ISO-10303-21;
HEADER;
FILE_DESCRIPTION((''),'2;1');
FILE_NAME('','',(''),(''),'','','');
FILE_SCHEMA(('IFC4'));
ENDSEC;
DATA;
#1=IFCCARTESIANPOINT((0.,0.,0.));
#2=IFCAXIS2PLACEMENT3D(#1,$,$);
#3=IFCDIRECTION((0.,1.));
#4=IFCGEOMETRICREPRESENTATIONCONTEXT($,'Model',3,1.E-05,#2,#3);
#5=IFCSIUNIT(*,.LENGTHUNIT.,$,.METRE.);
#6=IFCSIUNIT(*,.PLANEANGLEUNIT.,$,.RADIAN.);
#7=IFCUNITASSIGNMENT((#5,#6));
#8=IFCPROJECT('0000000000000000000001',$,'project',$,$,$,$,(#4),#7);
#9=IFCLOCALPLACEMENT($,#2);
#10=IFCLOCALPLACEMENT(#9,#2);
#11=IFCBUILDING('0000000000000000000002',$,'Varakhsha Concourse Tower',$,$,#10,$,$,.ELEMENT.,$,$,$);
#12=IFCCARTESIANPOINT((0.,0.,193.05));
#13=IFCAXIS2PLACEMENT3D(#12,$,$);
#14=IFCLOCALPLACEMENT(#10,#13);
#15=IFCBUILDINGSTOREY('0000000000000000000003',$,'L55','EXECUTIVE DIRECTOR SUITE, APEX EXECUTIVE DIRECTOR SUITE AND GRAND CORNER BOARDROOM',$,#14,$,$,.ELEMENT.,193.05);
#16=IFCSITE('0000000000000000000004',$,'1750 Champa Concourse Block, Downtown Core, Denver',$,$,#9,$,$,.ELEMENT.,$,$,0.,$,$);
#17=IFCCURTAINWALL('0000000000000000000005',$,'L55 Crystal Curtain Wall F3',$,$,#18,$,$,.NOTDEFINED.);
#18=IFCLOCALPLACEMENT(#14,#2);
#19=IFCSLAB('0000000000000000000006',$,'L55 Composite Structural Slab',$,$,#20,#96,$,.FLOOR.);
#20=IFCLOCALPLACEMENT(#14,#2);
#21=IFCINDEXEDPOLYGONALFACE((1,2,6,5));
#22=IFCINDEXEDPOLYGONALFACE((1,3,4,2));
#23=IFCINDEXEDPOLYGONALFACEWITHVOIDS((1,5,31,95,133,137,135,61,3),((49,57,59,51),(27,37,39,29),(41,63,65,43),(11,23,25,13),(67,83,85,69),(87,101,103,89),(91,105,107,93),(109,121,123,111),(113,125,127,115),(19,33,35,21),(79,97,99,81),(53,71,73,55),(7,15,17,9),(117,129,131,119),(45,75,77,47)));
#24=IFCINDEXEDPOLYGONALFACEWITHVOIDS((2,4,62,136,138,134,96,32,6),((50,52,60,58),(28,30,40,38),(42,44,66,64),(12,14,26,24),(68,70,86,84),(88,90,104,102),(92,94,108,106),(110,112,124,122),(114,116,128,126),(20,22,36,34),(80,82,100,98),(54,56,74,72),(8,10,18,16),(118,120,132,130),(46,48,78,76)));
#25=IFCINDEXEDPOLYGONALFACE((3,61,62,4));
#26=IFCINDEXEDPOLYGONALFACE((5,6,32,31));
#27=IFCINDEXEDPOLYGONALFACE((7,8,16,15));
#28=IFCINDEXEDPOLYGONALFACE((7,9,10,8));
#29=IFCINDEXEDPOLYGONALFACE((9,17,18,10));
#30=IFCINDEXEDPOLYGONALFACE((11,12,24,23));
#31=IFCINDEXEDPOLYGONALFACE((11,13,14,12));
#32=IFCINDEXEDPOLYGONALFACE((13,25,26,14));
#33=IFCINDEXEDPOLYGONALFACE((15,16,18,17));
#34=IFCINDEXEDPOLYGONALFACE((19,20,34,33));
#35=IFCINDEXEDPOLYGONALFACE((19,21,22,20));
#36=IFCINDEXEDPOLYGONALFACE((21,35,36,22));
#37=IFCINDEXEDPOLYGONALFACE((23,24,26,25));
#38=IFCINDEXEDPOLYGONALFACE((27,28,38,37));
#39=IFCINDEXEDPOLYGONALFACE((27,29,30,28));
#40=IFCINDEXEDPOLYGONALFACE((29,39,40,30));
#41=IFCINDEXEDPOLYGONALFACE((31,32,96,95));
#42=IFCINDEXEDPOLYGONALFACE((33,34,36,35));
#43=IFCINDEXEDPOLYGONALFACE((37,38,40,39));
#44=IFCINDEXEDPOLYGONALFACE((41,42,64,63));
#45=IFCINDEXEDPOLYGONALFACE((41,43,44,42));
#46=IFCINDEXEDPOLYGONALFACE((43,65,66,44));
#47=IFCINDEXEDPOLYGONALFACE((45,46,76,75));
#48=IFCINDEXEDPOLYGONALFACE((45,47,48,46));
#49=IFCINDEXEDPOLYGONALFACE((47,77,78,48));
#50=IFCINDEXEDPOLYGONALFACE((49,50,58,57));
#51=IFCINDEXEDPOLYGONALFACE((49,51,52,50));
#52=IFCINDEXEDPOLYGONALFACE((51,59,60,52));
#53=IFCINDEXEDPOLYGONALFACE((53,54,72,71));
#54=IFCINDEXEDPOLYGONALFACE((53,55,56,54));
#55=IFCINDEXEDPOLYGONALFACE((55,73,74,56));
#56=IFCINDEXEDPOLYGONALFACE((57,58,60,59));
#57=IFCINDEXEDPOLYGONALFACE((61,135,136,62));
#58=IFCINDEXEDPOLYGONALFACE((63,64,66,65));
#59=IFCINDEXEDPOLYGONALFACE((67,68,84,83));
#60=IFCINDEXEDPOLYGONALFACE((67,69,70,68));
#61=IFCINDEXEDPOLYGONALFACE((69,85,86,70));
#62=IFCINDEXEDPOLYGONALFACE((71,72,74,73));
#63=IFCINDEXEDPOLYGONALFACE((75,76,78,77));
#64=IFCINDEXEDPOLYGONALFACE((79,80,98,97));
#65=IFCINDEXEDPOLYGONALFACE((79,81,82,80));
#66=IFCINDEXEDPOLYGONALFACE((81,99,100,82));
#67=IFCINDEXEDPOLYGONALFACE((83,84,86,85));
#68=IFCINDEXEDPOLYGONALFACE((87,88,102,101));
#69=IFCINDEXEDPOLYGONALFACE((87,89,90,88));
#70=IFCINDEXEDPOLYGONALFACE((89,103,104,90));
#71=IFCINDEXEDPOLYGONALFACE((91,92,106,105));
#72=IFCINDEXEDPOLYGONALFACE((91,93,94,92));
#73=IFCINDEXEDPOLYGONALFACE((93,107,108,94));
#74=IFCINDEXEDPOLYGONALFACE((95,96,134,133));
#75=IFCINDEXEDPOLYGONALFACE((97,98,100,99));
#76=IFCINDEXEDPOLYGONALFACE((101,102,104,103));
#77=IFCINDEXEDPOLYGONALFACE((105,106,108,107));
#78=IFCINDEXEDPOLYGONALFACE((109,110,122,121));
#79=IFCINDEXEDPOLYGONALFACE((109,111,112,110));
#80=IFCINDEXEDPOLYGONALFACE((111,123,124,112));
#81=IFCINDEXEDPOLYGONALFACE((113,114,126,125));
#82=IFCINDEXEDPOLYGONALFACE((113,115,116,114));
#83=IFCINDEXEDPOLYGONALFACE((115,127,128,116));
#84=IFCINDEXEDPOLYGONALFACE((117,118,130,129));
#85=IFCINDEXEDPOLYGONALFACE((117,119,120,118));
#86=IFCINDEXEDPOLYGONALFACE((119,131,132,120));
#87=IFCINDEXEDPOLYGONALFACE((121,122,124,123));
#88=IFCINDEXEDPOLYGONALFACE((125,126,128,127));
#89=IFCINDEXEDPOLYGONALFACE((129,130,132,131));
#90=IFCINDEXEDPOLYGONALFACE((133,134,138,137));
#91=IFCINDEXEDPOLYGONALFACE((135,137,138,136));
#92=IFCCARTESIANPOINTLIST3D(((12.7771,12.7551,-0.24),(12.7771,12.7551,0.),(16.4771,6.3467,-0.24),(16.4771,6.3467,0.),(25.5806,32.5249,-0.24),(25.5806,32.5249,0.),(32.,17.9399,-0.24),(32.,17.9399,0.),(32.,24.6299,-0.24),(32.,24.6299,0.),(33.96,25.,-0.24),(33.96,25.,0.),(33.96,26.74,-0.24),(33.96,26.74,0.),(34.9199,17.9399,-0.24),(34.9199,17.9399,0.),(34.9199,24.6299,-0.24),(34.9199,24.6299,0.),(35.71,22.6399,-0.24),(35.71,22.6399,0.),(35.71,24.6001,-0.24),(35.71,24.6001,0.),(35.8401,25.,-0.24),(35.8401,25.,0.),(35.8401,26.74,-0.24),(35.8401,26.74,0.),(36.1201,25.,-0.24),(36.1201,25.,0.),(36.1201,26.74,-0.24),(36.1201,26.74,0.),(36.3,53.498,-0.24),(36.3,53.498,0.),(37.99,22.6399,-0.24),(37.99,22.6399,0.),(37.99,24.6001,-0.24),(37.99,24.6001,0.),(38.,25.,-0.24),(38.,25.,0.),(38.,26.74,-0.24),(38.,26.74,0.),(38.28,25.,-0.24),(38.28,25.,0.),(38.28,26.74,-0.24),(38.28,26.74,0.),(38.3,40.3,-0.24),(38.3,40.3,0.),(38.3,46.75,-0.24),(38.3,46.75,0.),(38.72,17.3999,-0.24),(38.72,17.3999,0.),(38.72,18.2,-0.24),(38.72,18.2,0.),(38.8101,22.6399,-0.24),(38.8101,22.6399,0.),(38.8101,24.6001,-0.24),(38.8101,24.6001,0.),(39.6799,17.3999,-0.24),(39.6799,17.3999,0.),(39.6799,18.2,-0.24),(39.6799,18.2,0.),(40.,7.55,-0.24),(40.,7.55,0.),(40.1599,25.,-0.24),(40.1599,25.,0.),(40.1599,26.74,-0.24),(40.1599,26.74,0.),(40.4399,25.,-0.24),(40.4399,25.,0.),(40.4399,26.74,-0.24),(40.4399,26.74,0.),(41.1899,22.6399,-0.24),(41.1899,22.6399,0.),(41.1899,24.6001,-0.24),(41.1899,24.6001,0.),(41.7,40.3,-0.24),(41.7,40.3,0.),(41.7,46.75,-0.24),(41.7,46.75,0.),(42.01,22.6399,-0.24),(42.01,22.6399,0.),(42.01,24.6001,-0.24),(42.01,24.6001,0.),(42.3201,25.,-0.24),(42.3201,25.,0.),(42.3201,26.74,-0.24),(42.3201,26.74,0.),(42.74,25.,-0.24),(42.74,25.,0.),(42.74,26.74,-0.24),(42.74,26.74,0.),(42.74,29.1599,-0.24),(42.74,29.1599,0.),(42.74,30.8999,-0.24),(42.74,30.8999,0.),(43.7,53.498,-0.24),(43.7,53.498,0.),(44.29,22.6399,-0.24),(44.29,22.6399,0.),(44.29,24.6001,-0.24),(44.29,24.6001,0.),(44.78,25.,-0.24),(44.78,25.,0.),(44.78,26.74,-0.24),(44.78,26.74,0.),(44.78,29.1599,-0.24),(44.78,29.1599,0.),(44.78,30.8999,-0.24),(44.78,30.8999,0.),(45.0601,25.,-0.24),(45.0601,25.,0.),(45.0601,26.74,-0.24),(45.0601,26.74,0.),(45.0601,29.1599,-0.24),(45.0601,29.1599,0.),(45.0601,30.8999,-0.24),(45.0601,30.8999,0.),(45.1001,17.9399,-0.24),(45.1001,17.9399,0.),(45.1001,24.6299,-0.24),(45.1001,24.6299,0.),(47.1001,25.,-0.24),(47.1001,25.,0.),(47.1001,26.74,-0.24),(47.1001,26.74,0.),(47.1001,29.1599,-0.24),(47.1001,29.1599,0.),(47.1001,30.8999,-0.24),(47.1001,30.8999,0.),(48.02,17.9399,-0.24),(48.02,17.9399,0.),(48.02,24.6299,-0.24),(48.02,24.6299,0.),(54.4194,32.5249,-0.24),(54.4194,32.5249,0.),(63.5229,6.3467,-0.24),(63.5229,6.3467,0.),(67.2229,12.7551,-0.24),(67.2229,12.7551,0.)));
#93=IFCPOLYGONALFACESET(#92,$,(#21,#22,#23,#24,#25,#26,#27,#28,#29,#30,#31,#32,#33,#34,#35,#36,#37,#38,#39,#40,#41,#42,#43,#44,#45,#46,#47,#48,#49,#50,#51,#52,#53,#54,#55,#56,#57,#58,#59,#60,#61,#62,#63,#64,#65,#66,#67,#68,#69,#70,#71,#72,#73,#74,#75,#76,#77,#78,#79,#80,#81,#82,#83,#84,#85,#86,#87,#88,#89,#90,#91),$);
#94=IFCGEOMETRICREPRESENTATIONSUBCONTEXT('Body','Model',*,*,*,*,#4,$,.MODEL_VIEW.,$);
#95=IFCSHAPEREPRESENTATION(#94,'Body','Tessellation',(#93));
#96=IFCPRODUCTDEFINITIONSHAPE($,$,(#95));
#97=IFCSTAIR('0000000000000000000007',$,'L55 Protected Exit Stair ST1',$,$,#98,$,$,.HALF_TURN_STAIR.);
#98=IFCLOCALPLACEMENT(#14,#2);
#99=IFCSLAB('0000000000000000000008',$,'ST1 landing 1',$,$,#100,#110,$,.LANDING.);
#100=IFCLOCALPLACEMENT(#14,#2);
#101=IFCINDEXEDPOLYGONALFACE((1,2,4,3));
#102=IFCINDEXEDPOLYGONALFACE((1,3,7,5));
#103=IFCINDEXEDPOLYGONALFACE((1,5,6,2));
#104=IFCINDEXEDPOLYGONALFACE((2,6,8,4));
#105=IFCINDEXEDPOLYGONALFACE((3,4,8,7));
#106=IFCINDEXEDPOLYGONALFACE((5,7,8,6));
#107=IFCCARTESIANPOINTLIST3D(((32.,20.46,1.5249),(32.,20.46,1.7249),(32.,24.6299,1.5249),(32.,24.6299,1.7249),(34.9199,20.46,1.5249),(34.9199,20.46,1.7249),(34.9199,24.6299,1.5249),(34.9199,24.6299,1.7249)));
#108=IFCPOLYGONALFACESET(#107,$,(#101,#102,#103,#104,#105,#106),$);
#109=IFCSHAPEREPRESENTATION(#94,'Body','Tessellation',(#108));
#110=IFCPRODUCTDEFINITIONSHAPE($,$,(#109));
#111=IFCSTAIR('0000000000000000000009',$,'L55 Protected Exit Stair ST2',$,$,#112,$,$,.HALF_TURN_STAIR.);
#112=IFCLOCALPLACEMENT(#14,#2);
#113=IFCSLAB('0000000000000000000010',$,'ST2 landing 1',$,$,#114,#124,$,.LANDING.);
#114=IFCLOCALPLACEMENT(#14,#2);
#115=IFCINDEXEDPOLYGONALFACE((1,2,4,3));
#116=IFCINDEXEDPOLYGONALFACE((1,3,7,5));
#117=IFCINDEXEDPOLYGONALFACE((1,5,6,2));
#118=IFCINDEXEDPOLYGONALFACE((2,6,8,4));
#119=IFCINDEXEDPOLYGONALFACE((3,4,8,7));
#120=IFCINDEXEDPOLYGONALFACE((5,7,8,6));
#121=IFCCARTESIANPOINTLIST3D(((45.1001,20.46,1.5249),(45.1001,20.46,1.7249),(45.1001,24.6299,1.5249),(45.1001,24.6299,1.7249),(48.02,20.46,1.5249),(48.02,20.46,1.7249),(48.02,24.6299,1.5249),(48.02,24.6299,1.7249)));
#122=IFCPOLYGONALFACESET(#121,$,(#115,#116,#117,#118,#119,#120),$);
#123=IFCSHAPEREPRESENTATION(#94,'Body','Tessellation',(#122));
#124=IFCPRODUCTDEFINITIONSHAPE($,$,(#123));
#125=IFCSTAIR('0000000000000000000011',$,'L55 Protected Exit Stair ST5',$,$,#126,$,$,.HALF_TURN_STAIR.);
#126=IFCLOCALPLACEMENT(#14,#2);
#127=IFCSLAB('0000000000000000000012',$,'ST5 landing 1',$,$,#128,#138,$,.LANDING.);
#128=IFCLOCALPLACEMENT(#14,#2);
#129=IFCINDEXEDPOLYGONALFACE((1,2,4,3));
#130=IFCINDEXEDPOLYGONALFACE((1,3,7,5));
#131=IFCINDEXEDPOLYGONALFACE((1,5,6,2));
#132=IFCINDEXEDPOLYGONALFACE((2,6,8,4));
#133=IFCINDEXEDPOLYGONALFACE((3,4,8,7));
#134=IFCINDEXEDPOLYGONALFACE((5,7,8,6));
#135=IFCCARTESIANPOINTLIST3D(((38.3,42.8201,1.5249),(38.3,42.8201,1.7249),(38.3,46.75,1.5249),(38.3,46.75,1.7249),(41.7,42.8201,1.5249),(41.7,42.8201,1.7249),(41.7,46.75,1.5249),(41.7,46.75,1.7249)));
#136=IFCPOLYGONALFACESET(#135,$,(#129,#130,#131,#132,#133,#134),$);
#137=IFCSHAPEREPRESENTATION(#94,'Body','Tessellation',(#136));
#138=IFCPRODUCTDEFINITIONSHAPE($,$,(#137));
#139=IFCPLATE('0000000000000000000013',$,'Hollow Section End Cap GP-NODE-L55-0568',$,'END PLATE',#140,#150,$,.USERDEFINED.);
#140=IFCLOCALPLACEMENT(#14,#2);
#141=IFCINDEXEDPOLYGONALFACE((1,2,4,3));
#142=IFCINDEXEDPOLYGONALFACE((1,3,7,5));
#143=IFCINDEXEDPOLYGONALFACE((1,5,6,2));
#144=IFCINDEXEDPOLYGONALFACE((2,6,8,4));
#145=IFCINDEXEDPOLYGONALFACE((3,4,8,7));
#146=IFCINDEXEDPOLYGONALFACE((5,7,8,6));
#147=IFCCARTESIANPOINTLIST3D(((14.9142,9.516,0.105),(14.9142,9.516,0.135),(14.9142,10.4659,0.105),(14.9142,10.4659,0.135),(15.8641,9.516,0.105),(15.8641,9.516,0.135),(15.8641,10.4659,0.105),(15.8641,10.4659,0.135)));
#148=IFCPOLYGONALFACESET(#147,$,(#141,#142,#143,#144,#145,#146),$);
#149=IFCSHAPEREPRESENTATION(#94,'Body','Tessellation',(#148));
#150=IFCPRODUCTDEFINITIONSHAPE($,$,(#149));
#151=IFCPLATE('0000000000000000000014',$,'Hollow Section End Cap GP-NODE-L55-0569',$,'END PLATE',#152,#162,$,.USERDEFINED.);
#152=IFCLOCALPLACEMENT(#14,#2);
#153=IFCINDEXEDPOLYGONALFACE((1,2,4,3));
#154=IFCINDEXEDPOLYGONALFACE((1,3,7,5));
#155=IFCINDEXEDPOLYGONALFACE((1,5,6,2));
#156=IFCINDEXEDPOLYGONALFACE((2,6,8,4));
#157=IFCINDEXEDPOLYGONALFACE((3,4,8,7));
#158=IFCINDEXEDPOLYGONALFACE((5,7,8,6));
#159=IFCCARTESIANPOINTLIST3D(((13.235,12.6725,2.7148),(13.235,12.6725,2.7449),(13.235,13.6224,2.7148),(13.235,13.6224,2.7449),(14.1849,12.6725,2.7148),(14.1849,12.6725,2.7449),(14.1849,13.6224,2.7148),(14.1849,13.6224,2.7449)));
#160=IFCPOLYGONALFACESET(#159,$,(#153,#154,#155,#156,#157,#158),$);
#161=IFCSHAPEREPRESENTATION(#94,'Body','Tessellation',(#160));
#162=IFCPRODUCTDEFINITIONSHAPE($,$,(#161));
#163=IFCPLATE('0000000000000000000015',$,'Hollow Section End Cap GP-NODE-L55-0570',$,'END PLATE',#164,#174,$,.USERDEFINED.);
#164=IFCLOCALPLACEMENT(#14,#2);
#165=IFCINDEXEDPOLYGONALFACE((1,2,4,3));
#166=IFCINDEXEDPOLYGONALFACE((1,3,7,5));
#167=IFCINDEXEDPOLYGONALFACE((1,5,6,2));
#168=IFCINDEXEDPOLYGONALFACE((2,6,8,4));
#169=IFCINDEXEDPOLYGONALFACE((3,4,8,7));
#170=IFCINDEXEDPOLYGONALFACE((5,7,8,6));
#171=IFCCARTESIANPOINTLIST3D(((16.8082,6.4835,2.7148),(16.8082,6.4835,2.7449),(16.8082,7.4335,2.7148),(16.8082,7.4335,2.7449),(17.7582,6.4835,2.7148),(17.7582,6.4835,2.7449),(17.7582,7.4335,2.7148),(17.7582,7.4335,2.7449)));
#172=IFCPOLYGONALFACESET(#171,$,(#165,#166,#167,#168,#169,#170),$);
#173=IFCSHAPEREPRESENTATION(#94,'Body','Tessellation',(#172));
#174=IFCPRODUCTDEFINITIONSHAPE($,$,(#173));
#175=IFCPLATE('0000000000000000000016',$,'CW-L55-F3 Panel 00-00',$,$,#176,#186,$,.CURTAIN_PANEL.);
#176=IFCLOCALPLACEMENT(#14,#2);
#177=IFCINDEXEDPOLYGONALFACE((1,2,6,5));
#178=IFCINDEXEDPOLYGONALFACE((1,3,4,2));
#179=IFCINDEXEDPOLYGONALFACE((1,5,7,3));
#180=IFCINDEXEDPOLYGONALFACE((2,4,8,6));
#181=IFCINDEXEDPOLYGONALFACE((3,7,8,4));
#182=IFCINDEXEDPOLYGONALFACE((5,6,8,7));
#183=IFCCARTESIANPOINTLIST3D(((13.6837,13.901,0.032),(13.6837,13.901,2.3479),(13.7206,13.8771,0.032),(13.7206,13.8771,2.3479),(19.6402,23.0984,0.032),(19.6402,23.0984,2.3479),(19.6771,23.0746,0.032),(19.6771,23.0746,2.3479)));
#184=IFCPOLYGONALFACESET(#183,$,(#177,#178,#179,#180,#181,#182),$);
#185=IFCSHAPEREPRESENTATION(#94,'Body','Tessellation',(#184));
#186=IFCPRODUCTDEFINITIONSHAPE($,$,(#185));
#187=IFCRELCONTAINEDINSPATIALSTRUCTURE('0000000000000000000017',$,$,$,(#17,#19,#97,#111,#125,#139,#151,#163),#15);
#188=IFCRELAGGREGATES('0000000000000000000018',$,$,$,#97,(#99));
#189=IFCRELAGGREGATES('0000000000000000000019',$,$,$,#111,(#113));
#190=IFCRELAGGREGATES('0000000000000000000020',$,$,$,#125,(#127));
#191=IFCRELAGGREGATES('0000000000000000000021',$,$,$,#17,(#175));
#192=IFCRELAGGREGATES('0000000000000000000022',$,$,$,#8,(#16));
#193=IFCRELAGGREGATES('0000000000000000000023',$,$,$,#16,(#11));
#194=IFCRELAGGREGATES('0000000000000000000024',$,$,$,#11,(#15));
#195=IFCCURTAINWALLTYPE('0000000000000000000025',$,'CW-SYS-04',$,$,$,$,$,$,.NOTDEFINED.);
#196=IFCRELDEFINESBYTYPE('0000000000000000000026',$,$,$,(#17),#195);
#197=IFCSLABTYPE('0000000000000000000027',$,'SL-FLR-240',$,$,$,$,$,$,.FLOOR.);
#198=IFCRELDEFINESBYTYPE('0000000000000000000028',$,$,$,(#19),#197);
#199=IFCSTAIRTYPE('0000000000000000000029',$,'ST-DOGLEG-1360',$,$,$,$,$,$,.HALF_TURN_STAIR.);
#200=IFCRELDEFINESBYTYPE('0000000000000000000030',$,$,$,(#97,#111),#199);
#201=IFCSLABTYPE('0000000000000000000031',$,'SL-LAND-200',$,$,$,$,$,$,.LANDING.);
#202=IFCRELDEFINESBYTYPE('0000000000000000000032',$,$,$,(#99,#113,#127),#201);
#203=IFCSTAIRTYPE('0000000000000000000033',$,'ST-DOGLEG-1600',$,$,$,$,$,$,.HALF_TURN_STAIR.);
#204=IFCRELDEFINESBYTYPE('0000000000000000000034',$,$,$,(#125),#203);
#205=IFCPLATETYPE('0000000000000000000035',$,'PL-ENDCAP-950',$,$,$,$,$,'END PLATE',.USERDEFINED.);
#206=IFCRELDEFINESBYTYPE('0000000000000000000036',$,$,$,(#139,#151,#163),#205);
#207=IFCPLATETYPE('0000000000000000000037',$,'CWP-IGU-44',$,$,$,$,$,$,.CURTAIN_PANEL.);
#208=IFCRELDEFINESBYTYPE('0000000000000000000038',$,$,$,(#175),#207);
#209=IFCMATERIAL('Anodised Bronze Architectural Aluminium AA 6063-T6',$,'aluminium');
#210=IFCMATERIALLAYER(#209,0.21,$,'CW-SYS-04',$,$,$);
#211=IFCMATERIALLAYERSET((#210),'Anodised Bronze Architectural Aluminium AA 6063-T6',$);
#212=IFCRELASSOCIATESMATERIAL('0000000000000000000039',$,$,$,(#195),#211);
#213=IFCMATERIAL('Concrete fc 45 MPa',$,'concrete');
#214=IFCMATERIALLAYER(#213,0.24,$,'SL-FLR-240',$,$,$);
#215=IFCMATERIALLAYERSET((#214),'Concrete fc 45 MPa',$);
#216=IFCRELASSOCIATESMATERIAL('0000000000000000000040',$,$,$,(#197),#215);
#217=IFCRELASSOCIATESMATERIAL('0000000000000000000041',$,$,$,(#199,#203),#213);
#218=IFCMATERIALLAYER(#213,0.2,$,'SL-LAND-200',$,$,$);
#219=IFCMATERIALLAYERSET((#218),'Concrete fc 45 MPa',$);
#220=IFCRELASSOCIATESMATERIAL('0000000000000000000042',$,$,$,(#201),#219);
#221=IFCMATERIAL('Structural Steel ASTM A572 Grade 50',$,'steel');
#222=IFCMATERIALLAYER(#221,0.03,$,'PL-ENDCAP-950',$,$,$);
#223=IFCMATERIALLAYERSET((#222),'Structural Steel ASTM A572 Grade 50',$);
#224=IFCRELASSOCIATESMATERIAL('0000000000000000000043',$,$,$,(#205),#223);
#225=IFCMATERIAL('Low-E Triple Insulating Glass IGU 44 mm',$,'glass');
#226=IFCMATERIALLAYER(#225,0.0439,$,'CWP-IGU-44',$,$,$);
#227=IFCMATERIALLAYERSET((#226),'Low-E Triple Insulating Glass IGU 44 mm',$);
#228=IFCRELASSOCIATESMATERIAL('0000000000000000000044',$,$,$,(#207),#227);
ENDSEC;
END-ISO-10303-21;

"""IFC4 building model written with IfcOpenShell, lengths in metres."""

from ifc_helpers import new_model, si_unit, direction, frame, origin, origin_2d, place, context, subcontext, project, spatial, polyline, rectangle, outline, extrude, source, transform, mapped, material, layer, layer_set, type_object, type_shapes, element, aggregate, save


model = new_model("IFC4")

# Units and contexts
model_context = context("Model", 3, precision=1e-05, world=origin(), true_north=direction((0.0, 1.0)))
body_context = subcontext(model_context, "Body", "Model", "MODEL_VIEW")
ifc_project = project(units=[si_unit("LENGTHUNIT", "METRE"), si_unit("PLANEANGLEUNIT", "RADIAN")], contexts=[model_context])

# Site, building, storey
site_placement = place(None, origin())
site = spatial("IfcSite", under=ifc_project, at=site_placement, Name="1750 Champa Concourse Block, Downtown Core, Denver", CompositionType="ELEMENT", RefElevation=0.0)
building_placement = place(site_placement, origin())
building = spatial("IfcBuilding", under=site, at=building_placement, Name="Varakhsha Concourse Tower", CompositionType="ELEMENT")
storey_placement = place(building_placement, frame((0.0, 0.0, 193.05)))
storey = spatial("IfcBuildingStorey", under=building, at=storey_placement, Name="L55", Description="EXECUTIVE DIRECTOR SUITE, APEX EXECUTIVE DIRECTOR SUITE AND GRAND CORNER BOARDROOM", CompositionType="ELEMENT", Elevation=193.05)

# Shared definitions
ifc_material_1 = material(Name="Structural Steel ASTM A572 Grade 50", Category="steel")

# Curtain wall
ifc_material_2 = material(Name="Anodised Bronze Architectural Aluminium AA 6063-T6", Category="aluminium")
ifc_layer_1 = layer(ifc_material_2, 0.21, Name="CW-SYS-04")
ifc_layer_set_1 = layer_set([ifc_layer_1], Name="Anodised Bronze Architectural Aluminium AA 6063-T6")
curtain_wall_type = type_object("IfcCurtainWallType", Name="CW-SYS-04", PredefinedType="NOTDEFINED", material=ifc_layer_set_1)
curtain_wall_1_placement = place(storey_placement, origin())
curtain_wall_1 = element("IfcCurtainWall", 1, at=curtain_wall_1_placement, inside=storey, type_object=curtain_wall_type, Name="L55 Crystal Curtain Wall F3", PredefinedType="NOTDEFINED")

# Slab
ifc_material_3 = material(Name="Concrete fc 45 MPa", Category="concrete")
ifc_layer_2 = layer(ifc_material_3, 0.24, Name="SL-FLR-240")
ifc_layer_set_2 = layer_set([ifc_layer_2], Name="Concrete fc 45 MPa")
slab_type_1 = type_object("IfcSlabType", Name="SL-FLR-240", PredefinedType="FLOOR", material=ifc_layer_set_2)
slab_1_placement = place(storey_placement, frame((0.0, 0.0, -0.24)))
element("IfcSlab", 2, at=slab_1_placement, inside=storey, type_object=slab_type_1, Name="L55 Composite Structural Slab", PredefinedType="FLOOR", context=body_context, shape_type="SweptSolid", body=[
    extrude(outline(polyline([(43.7, 53.498), (36.3, 53.498), (25.5806, 32.5249), (12.7771, 12.7551), (16.4771, 6.3467), (40.0, 7.55), (63.5229, 6.3467), (67.2229, 12.7551), (54.4194, 32.5249), (43.7, 53.498)]), holes=[polyline([(34.9199, 17.9399), (34.9199, 24.6299), (32.0, 24.6299), (32.0, 17.9399), (34.9199, 17.9399)]), polyline([(48.02, 17.9399), (48.02, 24.6299), (45.1001, 24.6299), (45.1001, 17.9399), (48.02, 17.9399)]), polyline([(41.7, 40.3), (41.7, 46.75), (38.3, 46.75), (38.3, 40.3), (41.7, 40.3)]), polyline([(33.96, 25.0), (35.8401, 25.0), (35.8401, 26.74), (33.96, 26.74), (33.96, 25.0)]), polyline([(36.1201, 25.0), (38.0, 25.0), (38.0, 26.74), (36.1201, 26.74), (36.1201, 25.0)]), polyline([(38.28, 25.0), (40.1599, 25.0), (40.1599, 26.74), (38.28, 26.74), (38.28, 25.0)]), polyline([(40.4399, 25.0), (42.3201, 25.0), (42.3201, 26.74), (40.4399, 26.74), (40.4399, 25.0)]), polyline([(42.74, 29.1599), (44.78, 29.1599), (44.78, 30.8999), (42.74, 30.8999), (42.74, 29.1599)]), polyline([(45.0601, 29.1599), (47.1001, 29.1599), (47.1001, 30.8999), (45.0601, 30.8999), (45.0601, 29.1599)]), polyline([(42.74, 25.0), (44.78, 25.0), (44.78, 26.74), (42.74, 26.74), (42.74, 25.0)]), polyline([(45.0601, 25.0), (47.1001, 25.0), (47.1001, 26.74), (45.0601, 26.74), (45.0601, 25.0)]), polyline([(35.71, 22.6399), (37.99, 22.6399), (37.99, 24.6001), (35.71, 24.6001), (35.71, 22.6399)]), polyline([(42.01, 22.6399), (44.29, 22.6399), (44.29, 24.6001), (42.01, 24.6001), (42.01, 22.6399)]), polyline([(38.8101, 22.6399), (41.1899, 22.6399), (41.1899, 24.6001), (38.8101, 24.6001), (38.8101, 22.6399)]), polyline([(38.72, 17.3999), (39.6799, 17.3999), (39.6799, 18.2), (38.72, 18.2), (38.72, 17.3999)])]), origin(), (0.0, 0.0, 1.0), 0.24),
])

# Stairs, slabs
stair_type_1 = type_object("IfcStairType", Name="ST-DOGLEG-1360", PredefinedType="HALF_TURN_STAIR", material=ifc_material_3)
stair_1_placement = place(storey_placement, origin())
stair_1 = element("IfcStair", 3, at=stair_1_placement, inside=storey, type_object=stair_type_1, Name="L55 Protected Exit Stair ST1", PredefinedType="HALF_TURN_STAIR")
ifc_layer_3 = layer(ifc_material_3, 0.2, Name="SL-LAND-200")
ifc_layer_set_3 = layer_set([ifc_layer_3], Name="Concrete fc 45 MPa")
slab_type_2 = type_object("IfcSlabType", Name="SL-LAND-200", PredefinedType="LANDING", material=ifc_layer_set_3)
slab_2_placement = place(storey_placement, frame((0.0, 0.0, 1.5249)))
slab_2 = element("IfcSlab", 4, at=slab_2_placement, type_object=slab_type_2, Name="ST1 landing 1", PredefinedType="LANDING", context=body_context, shape_type="SweptSolid", body=[
    extrude(outline(polyline([(34.9199, 20.46), (34.9199, 24.6299), (32.0, 24.6299), (32.0, 20.46), (34.9199, 20.46)])), origin(), (0.0, 0.0, 1.0), 0.2),
])
aggregate(stair_1, [slab_2])
stair_2_placement = place(storey_placement, origin())
stair_2 = element("IfcStair", 5, at=stair_2_placement, inside=storey, type_object=stair_type_1, Name="L55 Protected Exit Stair ST2", PredefinedType="HALF_TURN_STAIR")
slab_3_placement = place(storey_placement, frame((0.0, 0.0, 1.5249)))
slab_3 = element("IfcSlab", 6, at=slab_3_placement, type_object=slab_type_2, Name="ST2 landing 1", PredefinedType="LANDING", context=body_context, shape_type="SweptSolid", body=[
    extrude(outline(polyline([(48.02, 20.46), (48.02, 24.6299), (45.1001, 24.6299), (45.1001, 20.46), (48.02, 20.46)])), origin(), (0.0, 0.0, 1.0), 0.2),
])
aggregate(stair_2, [slab_3])
stair_type_2 = type_object("IfcStairType", Name="ST-DOGLEG-1600", PredefinedType="HALF_TURN_STAIR", material=ifc_material_3)
stair_3_placement = place(storey_placement, origin())
stair_3 = element("IfcStair", 7, at=stair_3_placement, inside=storey, type_object=stair_type_2, Name="L55 Protected Exit Stair ST5", PredefinedType="HALF_TURN_STAIR")
slab_4_placement = place(storey_placement, frame((0.0, 0.0, 1.5249)))
slab_4 = element("IfcSlab", 8, at=slab_4_placement, type_object=slab_type_2, Name="ST5 landing 1", PredefinedType="LANDING", context=body_context, shape_type="SweptSolid", body=[
    extrude(outline(polyline([(41.7, 42.8201), (41.7, 46.75), (38.3, 46.75), (38.3, 42.8201), (41.7, 42.8201)])), origin(), (0.0, 0.0, 1.0), 0.2),
])
aggregate(stair_3, [slab_4])

# Plates
ifc_layer_4 = layer(ifc_material_1, 0.03, Name="PL-ENDCAP-950")
ifc_layer_set_4 = layer_set([ifc_layer_4], Name="Structural Steel ASTM A572 Grade 50")
plate_type_1 = type_object("IfcPlateType", Name="PL-ENDCAP-950", ElementType="END PLATE", PredefinedType="USERDEFINED", material=ifc_layer_set_4)
shared_shape_1 = source(origin(), body_context, "Body", "SweptSolid", [
    extrude(rectangle(XDim=0.95, YDim=0.95, at=origin_2d()), origin(), (0.0, 0.0, 1.0), 0.03),
])
type_shapes(plate_type_1, [shared_shape_1])
for number, where, z_axis, x_axis, name in (
    (9, (15.3892, 9.991, 0.105), (0.0, 0.0, 1.0), (1.0, 0.0, 0.0), "Hollow Section End Cap GP-NODE-L55-0568"),
    (10, (13.71, 13.1475, 2.7148), (0.0, 0.0, 1.0), (1.0, 0.0, 0.0), "Hollow Section End Cap GP-NODE-L55-0569"),
    (11, (17.2832, 6.9585, 2.7148), (0.0, 0.0, 1.0), (1.0, 0.0, 0.0), "Hollow Section End Cap GP-NODE-L55-0570"),
):
    element("IfcPlate", number, at=place(storey_placement, frame(where, z_axis=z_axis, x_axis=x_axis)), inside=storey, type_object=plate_type_1, Name=name, ObjectType="END PLATE", PredefinedType="USERDEFINED", context=body_context, shape_type="MappedRepresentation", body=[
        mapped(shared_shape_1, transform((0.0, 0.0, 0.0), scale=1.0)),
    ])

# Plate
ifc_material_4 = material(Name="Low-E Triple Insulating Glass IGU 44 mm", Category="glass")
ifc_layer_5 = layer(ifc_material_4, 0.0439, Name="CWP-IGU-44")
ifc_layer_set_5 = layer_set([ifc_layer_5], Name="Low-E Triple Insulating Glass IGU 44 mm")
plate_type_2 = type_object("IfcPlateType", Name="CWP-IGU-44", PredefinedType="CURTAIN_PANEL", material=ifc_layer_set_5)
shared_shape_2 = source(origin(), body_context, "Body", "SweptSolid", [
    extrude(rectangle(XDim=10.9578, YDim=0.0439, at=origin_2d()), origin(), (0.0, 0.0, 1.0), 2.3159),
])
plate_1_placement = place(storey_placement, frame((16.6804, 18.4878, 0.032), z_axis=(0.0, 0.0, 1.0), x_axis=(0.543588, 0.839352, 0.0)))
plate_1 = element("IfcPlate", 12, at=plate_1_placement, type_object=plate_type_2, Name="CW-L55-F3 Panel 00-00", PredefinedType="CURTAIN_PANEL", context=body_context, shape_type="MappedRepresentation", body=[
    mapped(shared_shape_2, transform((0.0, 0.0, 0.0), scale=1.0)),
])
aggregate(curtain_wall_1, [plate_1])

save(model, "model.ifc")
